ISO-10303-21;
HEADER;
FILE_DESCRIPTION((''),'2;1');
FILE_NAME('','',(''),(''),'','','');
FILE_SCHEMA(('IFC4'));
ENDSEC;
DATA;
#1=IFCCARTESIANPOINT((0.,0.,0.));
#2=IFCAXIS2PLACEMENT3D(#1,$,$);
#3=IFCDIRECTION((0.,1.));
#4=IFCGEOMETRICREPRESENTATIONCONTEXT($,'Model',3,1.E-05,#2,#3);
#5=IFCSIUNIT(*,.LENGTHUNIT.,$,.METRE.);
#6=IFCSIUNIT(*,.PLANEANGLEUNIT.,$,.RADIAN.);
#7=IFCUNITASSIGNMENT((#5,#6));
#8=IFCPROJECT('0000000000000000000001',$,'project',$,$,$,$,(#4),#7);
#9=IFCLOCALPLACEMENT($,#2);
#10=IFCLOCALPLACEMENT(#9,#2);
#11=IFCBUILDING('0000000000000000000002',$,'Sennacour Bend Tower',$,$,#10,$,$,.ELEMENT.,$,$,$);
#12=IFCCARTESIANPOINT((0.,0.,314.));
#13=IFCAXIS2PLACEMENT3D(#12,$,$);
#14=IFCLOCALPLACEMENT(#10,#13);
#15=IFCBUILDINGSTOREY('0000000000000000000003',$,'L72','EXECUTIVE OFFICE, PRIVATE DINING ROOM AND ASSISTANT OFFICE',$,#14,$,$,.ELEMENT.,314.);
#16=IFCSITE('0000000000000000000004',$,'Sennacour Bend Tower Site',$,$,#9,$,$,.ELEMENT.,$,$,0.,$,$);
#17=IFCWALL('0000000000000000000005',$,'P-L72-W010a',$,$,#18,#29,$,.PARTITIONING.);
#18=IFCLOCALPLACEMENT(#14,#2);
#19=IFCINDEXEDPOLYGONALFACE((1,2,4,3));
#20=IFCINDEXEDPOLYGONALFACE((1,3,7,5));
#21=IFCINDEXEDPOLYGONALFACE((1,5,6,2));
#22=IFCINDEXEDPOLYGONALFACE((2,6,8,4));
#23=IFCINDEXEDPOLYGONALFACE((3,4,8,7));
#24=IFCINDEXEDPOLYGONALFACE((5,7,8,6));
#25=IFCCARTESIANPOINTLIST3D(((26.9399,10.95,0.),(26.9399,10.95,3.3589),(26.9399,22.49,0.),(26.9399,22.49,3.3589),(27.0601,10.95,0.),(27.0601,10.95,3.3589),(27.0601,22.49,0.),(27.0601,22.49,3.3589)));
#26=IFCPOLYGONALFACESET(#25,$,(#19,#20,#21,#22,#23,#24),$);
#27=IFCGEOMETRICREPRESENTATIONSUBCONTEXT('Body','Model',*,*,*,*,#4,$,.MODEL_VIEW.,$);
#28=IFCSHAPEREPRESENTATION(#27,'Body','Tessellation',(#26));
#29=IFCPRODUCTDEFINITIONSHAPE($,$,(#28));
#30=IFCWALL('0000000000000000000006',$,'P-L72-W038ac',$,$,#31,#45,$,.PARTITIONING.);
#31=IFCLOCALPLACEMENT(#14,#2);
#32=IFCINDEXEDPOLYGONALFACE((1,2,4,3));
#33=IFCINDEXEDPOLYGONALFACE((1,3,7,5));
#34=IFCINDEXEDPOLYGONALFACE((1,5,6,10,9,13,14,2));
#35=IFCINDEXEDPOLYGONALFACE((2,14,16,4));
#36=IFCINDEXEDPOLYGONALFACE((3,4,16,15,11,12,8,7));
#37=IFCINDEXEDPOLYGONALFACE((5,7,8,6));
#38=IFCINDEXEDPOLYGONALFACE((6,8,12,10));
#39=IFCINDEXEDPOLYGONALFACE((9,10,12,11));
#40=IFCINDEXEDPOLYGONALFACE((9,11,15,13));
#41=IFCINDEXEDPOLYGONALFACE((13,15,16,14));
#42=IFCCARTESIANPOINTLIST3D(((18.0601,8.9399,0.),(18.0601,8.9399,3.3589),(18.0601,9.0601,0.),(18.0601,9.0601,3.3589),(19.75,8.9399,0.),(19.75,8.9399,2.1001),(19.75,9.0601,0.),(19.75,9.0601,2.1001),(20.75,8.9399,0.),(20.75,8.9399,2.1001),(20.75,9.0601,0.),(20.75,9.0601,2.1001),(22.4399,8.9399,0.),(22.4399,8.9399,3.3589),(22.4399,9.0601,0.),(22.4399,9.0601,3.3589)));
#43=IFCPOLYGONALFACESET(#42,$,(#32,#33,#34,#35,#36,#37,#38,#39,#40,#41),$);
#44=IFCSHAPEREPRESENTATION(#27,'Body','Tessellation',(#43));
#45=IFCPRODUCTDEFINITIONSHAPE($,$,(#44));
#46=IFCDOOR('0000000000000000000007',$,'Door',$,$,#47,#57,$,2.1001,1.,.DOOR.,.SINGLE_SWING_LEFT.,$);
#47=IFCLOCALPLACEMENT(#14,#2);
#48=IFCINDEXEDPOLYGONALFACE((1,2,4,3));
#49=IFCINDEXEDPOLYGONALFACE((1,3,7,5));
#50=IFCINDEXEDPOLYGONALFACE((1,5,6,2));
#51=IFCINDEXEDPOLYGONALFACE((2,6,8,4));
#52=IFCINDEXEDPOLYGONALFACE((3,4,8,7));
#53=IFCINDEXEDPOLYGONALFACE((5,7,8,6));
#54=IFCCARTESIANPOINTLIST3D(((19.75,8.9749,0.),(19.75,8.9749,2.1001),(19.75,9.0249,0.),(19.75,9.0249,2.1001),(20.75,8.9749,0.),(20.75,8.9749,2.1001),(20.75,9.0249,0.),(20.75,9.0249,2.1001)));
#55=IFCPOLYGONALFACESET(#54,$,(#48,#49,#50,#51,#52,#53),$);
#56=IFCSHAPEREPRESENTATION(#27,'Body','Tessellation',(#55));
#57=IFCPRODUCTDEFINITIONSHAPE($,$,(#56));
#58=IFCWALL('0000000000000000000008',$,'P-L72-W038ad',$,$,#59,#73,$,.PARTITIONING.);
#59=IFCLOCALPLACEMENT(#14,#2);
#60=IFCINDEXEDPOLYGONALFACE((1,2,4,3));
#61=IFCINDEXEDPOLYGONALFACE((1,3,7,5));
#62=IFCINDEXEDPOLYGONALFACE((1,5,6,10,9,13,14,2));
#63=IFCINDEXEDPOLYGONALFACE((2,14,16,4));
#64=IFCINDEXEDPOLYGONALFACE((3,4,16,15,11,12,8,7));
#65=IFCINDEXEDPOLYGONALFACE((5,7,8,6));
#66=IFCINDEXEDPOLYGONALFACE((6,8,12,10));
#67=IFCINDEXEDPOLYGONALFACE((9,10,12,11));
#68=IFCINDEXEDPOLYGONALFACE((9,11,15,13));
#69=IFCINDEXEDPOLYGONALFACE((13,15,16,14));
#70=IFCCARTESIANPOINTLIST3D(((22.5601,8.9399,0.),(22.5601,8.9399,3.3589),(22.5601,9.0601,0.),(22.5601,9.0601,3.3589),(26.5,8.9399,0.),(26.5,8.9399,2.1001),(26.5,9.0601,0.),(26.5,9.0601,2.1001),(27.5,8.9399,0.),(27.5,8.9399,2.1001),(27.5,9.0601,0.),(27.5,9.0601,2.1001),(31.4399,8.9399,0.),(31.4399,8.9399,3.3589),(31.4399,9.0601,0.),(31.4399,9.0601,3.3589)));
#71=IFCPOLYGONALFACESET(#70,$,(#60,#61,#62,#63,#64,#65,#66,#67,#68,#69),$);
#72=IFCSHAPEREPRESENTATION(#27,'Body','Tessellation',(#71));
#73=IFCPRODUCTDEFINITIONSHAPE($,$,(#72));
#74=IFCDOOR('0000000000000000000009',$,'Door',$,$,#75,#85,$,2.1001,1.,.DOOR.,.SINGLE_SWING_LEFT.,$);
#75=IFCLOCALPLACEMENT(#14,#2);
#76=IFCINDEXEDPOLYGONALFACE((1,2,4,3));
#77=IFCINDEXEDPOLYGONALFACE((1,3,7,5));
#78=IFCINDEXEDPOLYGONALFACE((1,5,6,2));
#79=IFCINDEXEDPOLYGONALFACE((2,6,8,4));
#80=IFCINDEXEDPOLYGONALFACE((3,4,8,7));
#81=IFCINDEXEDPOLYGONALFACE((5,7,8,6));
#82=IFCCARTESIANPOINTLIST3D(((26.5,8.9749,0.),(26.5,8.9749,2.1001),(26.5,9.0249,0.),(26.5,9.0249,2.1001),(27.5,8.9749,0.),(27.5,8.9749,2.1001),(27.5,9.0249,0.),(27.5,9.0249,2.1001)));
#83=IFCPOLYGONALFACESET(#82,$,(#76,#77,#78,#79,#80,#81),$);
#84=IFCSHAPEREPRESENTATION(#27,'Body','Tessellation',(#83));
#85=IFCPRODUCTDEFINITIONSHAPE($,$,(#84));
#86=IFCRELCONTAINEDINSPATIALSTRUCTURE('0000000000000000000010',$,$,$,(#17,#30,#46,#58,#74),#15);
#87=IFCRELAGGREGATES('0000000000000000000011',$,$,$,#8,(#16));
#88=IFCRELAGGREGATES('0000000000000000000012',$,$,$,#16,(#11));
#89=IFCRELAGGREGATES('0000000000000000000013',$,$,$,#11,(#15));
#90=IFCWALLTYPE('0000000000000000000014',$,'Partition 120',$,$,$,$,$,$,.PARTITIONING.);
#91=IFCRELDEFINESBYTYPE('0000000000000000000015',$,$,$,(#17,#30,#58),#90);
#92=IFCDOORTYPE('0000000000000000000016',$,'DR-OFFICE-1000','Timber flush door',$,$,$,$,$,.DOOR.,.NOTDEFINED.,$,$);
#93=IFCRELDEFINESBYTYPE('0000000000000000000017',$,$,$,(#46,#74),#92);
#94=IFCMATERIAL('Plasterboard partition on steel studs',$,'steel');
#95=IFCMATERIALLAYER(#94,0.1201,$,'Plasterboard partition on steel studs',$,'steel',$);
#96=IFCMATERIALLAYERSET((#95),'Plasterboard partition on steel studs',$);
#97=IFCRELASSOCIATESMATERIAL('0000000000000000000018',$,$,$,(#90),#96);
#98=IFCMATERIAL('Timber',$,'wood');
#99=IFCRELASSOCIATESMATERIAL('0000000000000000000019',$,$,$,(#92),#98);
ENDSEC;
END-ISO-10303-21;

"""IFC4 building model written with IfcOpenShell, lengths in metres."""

from ifc_helpers import new_model, si_unit, direction, frame, frame_2d, origin, place, context, subcontext, project, spatial, rectangle, extrude, material, layer, layer_set, type_object, element, fill, save


model = new_model("IFC4")

# Units and contexts
model_context = context("Model", 3, precision=1e-05, world=origin(), true_north=direction((0.0, 1.0)))
body_context = subcontext(model_context, "Body", "Model", "MODEL_VIEW")
ifc_project = project(units=[si_unit("LENGTHUNIT", "METRE"), si_unit("PLANEANGLEUNIT", "RADIAN")], contexts=[model_context])

# Site, building, storey
site_placement = place(None, origin())
site = spatial("IfcSite", under=ifc_project, at=site_placement, Name="Sennacour Bend Tower Site", CompositionType="ELEMENT", RefElevation=0.0)
building_placement = place(site_placement, origin())
building = spatial("IfcBuilding", under=site, at=building_placement, Name="Sennacour Bend Tower", CompositionType="ELEMENT")
storey_placement = place(building_placement, frame((0.0, 0.0, 314.0)))
storey = spatial("IfcBuildingStorey", under=building, at=storey_placement, Name="L72", Description="EXECUTIVE OFFICE, PRIVATE DINING ROOM AND ASSISTANT OFFICE", CompositionType="ELEMENT", Elevation=314.0)

# Wall
ifc_material_1 = material(Name="Plasterboard partition on steel studs", Category="steel")
ifc_layer_1 = layer(ifc_material_1, 0.1201, Name="Plasterboard partition on steel studs", Category="steel")
ifc_layer_set_1 = layer_set([ifc_layer_1], Name="Plasterboard partition on steel studs")
wall_type = type_object("IfcWallType", Name="Partition 120", PredefinedType="PARTITIONING", material=ifc_layer_set_1)
wall_1_placement = place(storey_placement, frame((27.0, 10.95, 0.0), z_axis=(0.0, 0.0, 1.0), x_axis=(0.0, 1.0, 0.0)))
element("IfcWall", 1, at=wall_1_placement, inside=storey, type_object=wall_type, Name="P-L72-W010a", PredefinedType="PARTITIONING", context=body_context, shape_type="SweptSolid", body=[
    extrude(rectangle(XDim=11.54, YDim=0.1201, at=frame_2d((5.77, 0.0))), origin(), (0.0, 0.0, 1.0), 3.3589),
])

# Walls, openings, doors
wall_2_placement = place(storey_placement, frame((18.0601, 9.0, 0.0), z_axis=(0.0, 0.0, 1.0), x_axis=(1.0, 0.0, 0.0)))
wall_2 = element("IfcWall", 2, at=wall_2_placement, inside=storey, type_object=wall_type, Name="P-L72-W038ac", PredefinedType="PARTITIONING", context=body_context, shape_type="SweptSolid", body=[
    extrude(rectangle(XDim=4.3799, YDim=0.1201, at=frame_2d((2.1899, 0.0))), origin(), (0.0, 0.0, 1.0), 3.3589),
])
opening_1_placement = place(wall_2_placement, frame((1.6899, 0.0, 0.0)))
opening_1 = element("IfcOpeningElement", 3, at=opening_1_placement, cuts=wall_2, PredefinedType="OPENING", context=body_context, shape_type="SweptSolid", body=[
    extrude(rectangle(XDim=1.0, YDim=2.1001, at=frame_2d((0.5, 1.05))), frame((0.0, 0.0701, 0.0), z_axis=(0.0, -1.0, 0.0), x_axis=(1.0, 0.0, 0.0)), (0.0, 0.0, 1.0), 0.1401),
])
ifc_material_2 = material(Name="Timber", Category="wood")
door_type = type_object("IfcDoorType", Name="DR-OFFICE-1000", Description="Timber flush door", OperationType="NOTDEFINED", PredefinedType="DOOR", material=ifc_material_2)
door_1_placement = place(opening_1_placement, origin())
door_1 = element("IfcDoor", 4, at=door_1_placement, inside=storey, type_object=door_type, Name="Door", OperationType="SINGLE_SWING_LEFT", OverallHeight=2.1001, OverallWidth=1.0, PredefinedType="DOOR", context=body_context, shape_type="SweptSolid", body=[
    extrude(rectangle(XDim=1.0, YDim=2.1001, at=frame_2d((0.5, 1.05))), frame((0.0, 0.0249, 0.0), z_axis=(0.0, -1.0, 0.0), x_axis=(1.0, 0.0, 0.0)), (0.0, 0.0, 1.0), 0.05),
])
fill(opening_1, door_1)
wall_3_placement = place(storey_placement, frame((22.5601, 9.0, 0.0), z_axis=(0.0, 0.0, 1.0), x_axis=(1.0, 0.0, 0.0)))
wall_3 = element("IfcWall", 5, at=wall_3_placement, inside=storey, type_object=wall_type, Name="P-L72-W038ad", PredefinedType="PARTITIONING", context=body_context, shape_type="SweptSolid", body=[
    extrude(rectangle(XDim=8.8799, YDim=0.1201, at=frame_2d((4.4399, 0.0))), origin(), (0.0, 0.0, 1.0), 3.3589),
])
opening_2_placement = place(wall_3_placement, frame((3.9399, 0.0, 0.0)))
opening_2 = element("IfcOpeningElement", 6, at=opening_2_placement, cuts=wall_3, PredefinedType="OPENING", context=body_context, shape_type="SweptSolid", body=[
    extrude(rectangle(XDim=1.0, YDim=2.1001, at=frame_2d((0.5, 1.05))), frame((0.0, 0.0701, 0.0), z_axis=(0.0, -1.0, 0.0), x_axis=(1.0, 0.0, 0.0)), (0.0, 0.0, 1.0), 0.1401),
])
door_2_placement = place(opening_2_placement, origin())
door_2 = element("IfcDoor", 7, at=door_2_placement, inside=storey, type_object=door_type, Name="Door", OperationType="SINGLE_SWING_LEFT", OverallHeight=2.1001, OverallWidth=1.0, PredefinedType="DOOR", context=body_context, shape_type="SweptSolid", body=[
    extrude(rectangle(XDim=1.0, YDim=2.1001, at=frame_2d((0.5, 1.05))), frame((0.0, 0.0249, 0.0), z_axis=(0.0, -1.0, 0.0), x_axis=(1.0, 0.0, 0.0)), (0.0, 0.0, 1.0), 0.05),
])
fill(opening_2, door_2)

save(model, "model.ifc")
